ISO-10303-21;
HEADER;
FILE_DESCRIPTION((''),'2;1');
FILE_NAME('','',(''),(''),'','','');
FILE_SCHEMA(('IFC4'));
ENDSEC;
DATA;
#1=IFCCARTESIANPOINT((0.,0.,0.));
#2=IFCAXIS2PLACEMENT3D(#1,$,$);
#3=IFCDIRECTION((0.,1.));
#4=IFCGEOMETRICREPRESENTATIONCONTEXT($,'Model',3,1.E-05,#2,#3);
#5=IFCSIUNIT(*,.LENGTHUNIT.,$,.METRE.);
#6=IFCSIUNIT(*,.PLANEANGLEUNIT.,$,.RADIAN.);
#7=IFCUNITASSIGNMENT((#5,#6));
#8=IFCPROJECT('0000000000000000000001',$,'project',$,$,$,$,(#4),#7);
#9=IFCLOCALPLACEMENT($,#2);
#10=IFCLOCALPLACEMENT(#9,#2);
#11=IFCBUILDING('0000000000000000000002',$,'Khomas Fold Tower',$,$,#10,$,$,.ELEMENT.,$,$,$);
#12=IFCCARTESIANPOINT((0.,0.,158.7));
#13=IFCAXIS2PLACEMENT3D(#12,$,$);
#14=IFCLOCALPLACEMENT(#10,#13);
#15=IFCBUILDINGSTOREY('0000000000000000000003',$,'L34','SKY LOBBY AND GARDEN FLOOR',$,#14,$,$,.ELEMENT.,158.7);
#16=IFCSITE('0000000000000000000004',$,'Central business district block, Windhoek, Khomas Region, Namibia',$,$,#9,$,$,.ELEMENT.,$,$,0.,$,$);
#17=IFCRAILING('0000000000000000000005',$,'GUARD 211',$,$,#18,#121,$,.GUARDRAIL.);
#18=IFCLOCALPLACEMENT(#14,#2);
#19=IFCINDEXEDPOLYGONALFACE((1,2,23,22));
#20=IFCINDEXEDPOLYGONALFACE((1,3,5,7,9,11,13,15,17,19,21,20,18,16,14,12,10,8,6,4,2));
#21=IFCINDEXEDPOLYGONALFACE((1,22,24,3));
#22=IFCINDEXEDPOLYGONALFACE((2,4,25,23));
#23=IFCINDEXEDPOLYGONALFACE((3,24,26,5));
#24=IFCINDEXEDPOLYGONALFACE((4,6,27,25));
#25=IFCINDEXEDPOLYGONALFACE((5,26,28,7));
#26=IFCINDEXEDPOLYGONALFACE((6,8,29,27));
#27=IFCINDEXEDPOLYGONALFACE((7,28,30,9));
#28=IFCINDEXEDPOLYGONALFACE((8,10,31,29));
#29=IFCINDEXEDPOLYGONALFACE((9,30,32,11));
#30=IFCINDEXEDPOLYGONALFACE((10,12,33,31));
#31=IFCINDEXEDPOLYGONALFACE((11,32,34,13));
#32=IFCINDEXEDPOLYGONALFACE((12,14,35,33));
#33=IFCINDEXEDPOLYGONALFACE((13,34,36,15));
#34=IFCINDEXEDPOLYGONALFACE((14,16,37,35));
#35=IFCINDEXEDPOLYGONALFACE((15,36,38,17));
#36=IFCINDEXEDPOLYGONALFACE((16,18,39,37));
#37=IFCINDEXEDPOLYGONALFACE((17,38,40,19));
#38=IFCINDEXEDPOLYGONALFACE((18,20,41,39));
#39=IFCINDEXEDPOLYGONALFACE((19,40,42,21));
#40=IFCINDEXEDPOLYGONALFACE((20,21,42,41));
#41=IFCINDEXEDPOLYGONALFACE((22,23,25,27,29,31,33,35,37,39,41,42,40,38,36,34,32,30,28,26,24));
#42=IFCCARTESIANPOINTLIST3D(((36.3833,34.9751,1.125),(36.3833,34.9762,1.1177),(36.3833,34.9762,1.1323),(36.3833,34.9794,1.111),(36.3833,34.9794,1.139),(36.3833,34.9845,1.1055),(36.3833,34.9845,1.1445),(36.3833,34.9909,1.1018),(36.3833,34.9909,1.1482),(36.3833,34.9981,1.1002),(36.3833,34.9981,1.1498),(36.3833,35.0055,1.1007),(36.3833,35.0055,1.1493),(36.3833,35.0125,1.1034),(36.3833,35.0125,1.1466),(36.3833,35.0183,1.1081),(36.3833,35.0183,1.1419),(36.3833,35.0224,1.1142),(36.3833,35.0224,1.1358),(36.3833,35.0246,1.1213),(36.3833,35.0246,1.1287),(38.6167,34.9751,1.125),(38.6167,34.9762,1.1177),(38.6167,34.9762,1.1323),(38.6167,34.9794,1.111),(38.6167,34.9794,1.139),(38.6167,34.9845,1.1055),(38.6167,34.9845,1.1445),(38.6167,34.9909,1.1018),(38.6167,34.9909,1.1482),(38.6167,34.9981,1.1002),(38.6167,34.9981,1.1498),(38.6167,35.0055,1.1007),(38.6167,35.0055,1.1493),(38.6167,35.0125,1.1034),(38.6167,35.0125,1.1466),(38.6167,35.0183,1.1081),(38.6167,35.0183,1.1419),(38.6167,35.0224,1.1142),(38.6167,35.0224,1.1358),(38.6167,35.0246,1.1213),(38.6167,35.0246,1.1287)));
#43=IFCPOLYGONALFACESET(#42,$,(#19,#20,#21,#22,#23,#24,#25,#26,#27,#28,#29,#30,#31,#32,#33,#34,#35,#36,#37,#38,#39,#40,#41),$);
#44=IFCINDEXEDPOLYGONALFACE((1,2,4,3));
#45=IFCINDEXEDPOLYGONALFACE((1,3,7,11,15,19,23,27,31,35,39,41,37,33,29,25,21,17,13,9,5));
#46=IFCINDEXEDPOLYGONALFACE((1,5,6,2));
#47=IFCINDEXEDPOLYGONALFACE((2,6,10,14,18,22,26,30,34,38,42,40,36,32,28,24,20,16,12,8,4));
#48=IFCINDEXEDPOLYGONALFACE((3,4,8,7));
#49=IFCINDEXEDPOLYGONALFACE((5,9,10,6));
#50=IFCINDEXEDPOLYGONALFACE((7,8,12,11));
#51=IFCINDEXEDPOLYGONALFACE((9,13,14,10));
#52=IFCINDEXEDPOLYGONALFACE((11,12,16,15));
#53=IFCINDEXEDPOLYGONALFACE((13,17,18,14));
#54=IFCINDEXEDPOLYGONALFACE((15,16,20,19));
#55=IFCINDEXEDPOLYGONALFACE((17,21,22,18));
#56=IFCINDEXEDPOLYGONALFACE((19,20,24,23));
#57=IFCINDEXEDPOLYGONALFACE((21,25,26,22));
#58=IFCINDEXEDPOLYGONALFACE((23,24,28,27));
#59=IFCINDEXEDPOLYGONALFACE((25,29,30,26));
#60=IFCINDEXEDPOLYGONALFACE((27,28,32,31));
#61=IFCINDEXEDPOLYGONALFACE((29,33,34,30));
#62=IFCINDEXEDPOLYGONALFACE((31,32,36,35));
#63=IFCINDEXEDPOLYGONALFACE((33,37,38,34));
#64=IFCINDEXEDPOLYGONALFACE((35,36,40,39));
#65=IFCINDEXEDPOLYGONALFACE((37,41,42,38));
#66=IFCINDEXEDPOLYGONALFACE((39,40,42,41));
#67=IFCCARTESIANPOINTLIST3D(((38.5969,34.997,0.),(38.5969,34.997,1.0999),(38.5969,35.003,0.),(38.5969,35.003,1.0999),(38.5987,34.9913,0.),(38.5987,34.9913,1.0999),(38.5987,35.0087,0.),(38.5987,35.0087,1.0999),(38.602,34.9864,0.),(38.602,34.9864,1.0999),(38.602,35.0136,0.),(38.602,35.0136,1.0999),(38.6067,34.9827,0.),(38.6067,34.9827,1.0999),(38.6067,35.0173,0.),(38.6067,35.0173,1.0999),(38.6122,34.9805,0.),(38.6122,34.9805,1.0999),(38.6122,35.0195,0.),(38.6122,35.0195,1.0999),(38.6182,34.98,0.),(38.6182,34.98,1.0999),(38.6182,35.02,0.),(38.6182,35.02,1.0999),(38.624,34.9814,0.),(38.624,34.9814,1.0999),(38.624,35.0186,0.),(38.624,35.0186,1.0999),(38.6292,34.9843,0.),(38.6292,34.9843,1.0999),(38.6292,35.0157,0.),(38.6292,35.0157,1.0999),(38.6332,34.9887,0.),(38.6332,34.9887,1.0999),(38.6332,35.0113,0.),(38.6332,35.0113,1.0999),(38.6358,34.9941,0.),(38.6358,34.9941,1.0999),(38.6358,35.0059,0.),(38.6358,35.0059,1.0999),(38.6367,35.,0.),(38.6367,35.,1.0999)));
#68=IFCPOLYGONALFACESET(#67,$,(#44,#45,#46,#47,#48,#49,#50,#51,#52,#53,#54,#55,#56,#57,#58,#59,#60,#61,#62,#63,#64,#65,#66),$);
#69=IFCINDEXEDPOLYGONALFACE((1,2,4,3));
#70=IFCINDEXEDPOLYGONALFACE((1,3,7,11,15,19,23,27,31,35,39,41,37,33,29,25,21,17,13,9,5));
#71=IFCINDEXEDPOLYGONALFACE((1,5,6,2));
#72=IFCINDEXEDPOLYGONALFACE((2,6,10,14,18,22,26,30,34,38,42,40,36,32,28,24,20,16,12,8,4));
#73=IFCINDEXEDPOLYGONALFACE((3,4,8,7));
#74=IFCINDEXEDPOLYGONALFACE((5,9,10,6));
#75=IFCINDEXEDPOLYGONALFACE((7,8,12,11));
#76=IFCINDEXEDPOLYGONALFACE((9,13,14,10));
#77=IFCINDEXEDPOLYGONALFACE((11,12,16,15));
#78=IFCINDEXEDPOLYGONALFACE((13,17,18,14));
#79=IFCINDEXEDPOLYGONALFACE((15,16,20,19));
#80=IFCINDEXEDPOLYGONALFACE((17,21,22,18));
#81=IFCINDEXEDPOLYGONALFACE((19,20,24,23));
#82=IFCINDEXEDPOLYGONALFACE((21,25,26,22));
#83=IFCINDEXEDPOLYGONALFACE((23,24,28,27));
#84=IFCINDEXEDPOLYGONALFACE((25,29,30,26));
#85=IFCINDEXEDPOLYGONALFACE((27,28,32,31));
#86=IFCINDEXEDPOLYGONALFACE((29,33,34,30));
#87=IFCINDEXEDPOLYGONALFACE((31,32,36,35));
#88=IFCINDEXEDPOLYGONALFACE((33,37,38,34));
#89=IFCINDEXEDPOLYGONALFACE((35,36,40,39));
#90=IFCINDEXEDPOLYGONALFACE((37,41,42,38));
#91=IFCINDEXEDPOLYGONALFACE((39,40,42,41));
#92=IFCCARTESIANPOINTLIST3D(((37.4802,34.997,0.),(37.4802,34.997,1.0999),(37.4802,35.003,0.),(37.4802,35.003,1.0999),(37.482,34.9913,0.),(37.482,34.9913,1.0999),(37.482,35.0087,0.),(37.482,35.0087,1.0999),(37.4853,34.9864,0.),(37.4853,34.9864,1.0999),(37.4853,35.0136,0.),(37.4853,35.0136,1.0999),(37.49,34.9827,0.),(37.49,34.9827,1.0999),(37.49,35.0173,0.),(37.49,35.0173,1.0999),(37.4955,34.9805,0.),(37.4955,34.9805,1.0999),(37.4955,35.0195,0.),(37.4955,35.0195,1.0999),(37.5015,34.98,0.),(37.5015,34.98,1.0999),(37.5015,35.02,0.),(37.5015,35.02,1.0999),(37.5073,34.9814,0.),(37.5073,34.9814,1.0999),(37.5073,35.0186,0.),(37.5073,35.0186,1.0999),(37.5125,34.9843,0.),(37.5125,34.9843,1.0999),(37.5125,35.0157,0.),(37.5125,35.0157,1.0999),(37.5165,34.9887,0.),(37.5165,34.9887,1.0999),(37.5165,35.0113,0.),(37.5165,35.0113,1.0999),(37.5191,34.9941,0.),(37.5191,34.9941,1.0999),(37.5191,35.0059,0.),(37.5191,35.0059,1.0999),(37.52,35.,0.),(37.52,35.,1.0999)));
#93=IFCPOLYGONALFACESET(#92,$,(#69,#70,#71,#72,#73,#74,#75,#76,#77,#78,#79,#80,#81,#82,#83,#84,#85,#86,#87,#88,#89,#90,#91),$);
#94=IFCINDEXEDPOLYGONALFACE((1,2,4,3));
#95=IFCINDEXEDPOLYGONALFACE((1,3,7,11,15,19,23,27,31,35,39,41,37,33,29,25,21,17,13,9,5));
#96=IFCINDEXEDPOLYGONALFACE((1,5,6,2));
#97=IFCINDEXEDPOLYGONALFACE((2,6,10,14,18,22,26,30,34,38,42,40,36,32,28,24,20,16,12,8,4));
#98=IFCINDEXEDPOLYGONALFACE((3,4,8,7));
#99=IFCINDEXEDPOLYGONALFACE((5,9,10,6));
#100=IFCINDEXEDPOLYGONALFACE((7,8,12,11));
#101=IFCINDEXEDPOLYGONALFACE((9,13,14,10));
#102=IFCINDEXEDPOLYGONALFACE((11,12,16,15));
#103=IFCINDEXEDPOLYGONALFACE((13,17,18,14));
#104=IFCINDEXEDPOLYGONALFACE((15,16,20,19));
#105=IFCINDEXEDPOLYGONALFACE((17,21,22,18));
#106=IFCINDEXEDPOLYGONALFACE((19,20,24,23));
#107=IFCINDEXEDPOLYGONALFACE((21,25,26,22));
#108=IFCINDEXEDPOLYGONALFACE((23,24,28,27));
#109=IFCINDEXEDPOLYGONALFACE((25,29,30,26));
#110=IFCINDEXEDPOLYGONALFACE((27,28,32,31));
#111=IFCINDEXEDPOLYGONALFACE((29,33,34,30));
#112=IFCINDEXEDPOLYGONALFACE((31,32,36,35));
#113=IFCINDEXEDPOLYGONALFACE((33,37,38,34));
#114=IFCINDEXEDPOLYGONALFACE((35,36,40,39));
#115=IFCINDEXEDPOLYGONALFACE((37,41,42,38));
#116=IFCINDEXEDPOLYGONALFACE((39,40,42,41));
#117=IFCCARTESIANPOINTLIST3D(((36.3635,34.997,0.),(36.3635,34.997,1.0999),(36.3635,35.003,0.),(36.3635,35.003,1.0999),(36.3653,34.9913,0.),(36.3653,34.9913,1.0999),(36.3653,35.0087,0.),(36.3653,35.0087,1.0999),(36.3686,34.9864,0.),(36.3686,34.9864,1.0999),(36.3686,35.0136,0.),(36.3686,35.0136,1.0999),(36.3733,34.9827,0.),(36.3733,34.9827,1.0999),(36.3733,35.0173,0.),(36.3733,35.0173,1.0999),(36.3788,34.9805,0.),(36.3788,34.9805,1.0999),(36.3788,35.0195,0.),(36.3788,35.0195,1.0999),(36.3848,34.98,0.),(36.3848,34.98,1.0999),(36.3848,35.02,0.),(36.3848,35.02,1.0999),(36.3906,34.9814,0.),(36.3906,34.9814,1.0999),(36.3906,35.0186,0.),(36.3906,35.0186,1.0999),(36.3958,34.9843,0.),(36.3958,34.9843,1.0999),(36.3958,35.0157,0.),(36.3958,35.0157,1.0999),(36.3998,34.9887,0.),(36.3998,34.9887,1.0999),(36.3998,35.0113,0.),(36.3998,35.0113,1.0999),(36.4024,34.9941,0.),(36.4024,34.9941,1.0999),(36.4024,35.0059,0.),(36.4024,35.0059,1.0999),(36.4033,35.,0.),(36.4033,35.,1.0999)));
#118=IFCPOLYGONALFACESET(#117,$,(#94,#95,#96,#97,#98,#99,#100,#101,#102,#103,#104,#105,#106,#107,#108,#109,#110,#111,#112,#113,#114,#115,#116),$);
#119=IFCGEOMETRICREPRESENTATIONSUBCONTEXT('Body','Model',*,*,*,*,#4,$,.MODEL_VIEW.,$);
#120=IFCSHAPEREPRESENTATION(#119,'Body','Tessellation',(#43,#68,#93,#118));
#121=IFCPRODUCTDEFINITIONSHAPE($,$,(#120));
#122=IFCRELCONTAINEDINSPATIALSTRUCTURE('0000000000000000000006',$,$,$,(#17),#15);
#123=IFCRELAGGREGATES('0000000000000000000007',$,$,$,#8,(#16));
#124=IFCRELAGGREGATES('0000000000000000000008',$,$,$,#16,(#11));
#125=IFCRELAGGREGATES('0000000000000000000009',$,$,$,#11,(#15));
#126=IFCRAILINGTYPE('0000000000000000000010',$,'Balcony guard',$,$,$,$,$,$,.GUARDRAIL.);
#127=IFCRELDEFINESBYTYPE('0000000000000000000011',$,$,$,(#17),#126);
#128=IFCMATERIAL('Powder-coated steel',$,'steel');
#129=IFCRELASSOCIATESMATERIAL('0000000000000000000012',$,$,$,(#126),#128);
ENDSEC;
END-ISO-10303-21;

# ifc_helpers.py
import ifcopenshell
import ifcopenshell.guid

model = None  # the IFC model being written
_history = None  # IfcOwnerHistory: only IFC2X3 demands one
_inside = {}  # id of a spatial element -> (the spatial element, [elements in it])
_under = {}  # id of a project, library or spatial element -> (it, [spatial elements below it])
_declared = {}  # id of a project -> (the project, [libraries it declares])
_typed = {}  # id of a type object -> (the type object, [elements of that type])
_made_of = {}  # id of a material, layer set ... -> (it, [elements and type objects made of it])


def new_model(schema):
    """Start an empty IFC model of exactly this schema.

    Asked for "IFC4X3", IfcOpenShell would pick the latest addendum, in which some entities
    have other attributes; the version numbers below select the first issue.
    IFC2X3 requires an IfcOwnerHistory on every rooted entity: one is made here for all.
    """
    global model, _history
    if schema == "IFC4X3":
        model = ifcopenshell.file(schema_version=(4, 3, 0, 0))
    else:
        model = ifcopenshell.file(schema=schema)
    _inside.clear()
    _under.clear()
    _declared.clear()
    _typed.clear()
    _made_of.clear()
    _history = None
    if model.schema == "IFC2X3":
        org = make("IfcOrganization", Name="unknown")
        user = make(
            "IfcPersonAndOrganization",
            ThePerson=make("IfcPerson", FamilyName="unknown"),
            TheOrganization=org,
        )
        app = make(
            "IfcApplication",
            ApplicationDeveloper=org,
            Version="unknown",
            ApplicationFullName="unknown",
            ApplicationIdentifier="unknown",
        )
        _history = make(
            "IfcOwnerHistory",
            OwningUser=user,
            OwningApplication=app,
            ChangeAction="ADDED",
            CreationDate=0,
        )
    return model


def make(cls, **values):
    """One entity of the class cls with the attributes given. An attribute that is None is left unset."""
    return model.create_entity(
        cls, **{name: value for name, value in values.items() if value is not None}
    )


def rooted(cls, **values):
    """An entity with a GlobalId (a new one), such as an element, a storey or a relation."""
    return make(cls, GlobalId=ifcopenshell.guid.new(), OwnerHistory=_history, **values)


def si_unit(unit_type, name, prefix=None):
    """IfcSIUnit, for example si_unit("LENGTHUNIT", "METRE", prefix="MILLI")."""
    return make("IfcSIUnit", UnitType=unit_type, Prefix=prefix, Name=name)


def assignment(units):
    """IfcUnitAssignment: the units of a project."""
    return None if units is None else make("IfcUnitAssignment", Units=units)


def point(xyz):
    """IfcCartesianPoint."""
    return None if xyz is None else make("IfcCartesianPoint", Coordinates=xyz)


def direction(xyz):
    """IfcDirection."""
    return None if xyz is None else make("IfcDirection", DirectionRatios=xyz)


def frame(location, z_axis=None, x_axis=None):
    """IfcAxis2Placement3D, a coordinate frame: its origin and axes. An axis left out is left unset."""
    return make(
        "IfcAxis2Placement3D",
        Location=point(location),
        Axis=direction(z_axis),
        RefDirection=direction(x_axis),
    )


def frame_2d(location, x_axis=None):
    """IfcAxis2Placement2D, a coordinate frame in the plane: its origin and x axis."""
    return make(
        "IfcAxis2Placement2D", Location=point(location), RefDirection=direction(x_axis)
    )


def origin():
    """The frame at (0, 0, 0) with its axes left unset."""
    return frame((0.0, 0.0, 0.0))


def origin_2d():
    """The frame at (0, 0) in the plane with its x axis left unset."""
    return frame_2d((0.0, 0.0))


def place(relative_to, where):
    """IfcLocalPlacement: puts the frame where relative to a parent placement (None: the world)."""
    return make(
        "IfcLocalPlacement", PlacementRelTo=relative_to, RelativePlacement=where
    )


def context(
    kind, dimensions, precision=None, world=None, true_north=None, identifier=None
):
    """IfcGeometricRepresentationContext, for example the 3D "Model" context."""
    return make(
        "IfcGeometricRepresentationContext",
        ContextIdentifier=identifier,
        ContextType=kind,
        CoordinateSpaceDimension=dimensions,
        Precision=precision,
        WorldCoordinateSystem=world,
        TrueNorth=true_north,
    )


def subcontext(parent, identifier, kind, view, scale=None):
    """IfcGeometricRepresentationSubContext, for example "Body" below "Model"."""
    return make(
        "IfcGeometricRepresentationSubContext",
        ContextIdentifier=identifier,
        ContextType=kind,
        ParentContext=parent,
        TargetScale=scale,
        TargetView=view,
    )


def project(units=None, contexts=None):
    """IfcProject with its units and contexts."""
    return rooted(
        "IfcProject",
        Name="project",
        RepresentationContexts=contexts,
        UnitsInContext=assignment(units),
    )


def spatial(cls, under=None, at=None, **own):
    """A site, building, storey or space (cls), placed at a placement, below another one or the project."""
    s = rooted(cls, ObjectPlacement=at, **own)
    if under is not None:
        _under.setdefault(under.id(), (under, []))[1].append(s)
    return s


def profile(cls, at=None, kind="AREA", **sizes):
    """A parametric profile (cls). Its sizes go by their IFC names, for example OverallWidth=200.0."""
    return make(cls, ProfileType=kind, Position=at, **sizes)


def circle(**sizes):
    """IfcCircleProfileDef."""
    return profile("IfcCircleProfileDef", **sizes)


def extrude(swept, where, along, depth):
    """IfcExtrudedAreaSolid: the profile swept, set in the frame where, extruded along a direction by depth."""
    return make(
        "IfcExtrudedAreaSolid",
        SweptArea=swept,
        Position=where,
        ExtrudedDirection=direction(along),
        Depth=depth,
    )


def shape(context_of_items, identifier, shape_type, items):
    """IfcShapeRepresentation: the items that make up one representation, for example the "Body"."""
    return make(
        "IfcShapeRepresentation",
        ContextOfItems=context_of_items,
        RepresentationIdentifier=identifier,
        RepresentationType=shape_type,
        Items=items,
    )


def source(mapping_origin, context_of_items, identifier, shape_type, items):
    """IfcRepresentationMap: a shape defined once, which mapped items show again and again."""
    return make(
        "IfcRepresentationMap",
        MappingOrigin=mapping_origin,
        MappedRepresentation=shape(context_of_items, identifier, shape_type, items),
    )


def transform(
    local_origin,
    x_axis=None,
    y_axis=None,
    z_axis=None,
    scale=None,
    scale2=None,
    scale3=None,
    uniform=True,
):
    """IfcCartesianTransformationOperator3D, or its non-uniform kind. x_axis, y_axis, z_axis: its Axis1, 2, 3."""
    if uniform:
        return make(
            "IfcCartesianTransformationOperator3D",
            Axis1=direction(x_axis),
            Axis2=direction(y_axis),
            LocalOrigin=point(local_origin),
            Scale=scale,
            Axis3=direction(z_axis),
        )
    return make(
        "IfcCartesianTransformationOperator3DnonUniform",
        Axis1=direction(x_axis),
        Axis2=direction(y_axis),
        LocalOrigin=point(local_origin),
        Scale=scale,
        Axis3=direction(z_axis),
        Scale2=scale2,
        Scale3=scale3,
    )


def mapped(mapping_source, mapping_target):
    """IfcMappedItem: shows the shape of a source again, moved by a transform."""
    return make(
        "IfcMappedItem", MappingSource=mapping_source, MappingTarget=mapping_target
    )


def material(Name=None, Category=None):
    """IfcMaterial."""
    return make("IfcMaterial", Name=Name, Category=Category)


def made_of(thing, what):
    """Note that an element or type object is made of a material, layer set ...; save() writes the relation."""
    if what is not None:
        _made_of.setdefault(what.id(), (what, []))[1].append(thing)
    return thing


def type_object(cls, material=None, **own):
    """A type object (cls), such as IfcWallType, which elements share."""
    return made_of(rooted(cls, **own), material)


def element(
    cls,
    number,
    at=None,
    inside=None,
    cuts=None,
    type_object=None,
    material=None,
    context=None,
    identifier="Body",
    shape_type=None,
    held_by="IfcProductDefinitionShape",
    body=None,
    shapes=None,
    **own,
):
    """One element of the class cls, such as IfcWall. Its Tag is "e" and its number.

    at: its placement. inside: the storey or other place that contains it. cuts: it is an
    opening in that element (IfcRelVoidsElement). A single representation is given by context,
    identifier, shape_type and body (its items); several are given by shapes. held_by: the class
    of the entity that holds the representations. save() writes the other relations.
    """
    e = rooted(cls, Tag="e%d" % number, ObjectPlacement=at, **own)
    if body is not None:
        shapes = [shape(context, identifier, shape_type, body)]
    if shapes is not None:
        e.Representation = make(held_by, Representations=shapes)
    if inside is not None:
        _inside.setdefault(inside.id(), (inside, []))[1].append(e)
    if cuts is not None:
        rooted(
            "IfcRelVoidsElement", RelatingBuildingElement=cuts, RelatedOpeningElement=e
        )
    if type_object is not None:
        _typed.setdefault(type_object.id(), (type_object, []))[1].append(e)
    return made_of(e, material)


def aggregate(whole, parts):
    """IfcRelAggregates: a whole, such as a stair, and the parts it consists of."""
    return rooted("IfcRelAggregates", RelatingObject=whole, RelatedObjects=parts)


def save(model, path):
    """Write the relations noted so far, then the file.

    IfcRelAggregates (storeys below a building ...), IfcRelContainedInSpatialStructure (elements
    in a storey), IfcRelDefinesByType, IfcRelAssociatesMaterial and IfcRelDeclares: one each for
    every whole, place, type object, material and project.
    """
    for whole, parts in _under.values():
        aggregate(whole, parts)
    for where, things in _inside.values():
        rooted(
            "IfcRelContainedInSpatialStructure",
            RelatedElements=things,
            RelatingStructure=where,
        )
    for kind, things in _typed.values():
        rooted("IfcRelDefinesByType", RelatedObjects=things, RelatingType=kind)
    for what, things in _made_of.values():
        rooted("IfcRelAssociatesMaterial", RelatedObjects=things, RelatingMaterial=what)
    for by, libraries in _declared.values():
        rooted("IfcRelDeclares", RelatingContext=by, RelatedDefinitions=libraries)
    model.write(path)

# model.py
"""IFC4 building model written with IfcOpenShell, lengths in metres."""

from ifc_helpers import new_model, si_unit, direction, frame, origin, origin_2d, place, context, subcontext, project, spatial, circle, extrude, source, transform, mapped, material, type_object, element, save


model = new_model("IFC4")

# Units and contexts
model_context = context("Model", 3, precision=1e-05, world=origin(), true_north=direction((0.0, 1.0)))
body_context = subcontext(model_context, "Body", "Model", "MODEL_VIEW")
ifc_project = project(units=[si_unit("LENGTHUNIT", "METRE"), si_unit("PLANEANGLEUNIT", "RADIAN")], contexts=[model_context])

# Site, building, storey
site_placement = place(None, origin())
site = spatial("IfcSite", under=ifc_project, at=site_placement, Name="Central business district block, Windhoek, Khomas Region, Namibia", CompositionType="ELEMENT", RefElevation=0.0)
building_placement = place(site_placement, origin())
building = spatial("IfcBuilding", under=site, at=building_placement, Name="Khomas Fold Tower", CompositionType="ELEMENT")
storey_placement = place(building_placement, frame((0.0, 0.0, 158.7)))
storey = spatial("IfcBuildingStorey", under=building, at=storey_placement, Name="L34", Description="SKY LOBBY AND GARDEN FLOOR", CompositionType="ELEMENT", Elevation=158.7)

# Railing
ifc_material_1 = material(Name="Powder-coated steel", Category="steel")
railing_type = type_object("IfcRailingType", Name="Balcony guard", PredefinedType="GUARDRAIL", material=ifc_material_1)
shared_shape_1 = source(origin(), body_context, "Body", "SweptSolid", [
    extrude(circle(Radius=0.0249, at=origin_2d()), frame((0.0, 0.0, 1.125), z_axis=(-1.0, 0.0, 0.0), x_axis=(0.0, -1.0, 0.0)), (0.0, 0.0, 1.0), 2.2334),
    extrude(circle(Radius=0.02, at=origin_2d()), origin(), (0.0, 0.0, 1.0), 1.0999),
    extrude(circle(Radius=0.02, at=origin_2d()), frame((-1.1167, 0.0, 0.0)), (0.0, 0.0, 1.0), 1.0999),
    extrude(circle(Radius=0.02, at=origin_2d()), frame((-2.2334, 0.0, 0.0)), (0.0, 0.0, 1.0), 1.0999),
])
railing_1_placement = place(storey_placement, frame((38.6167, 35.0, 0.0)))
element("IfcRailing", 1, at=railing_1_placement, inside=storey, type_object=railing_type, Name="GUARD 211", PredefinedType="GUARDRAIL", context=body_context, shape_type="MappedRepresentation", body=[
    mapped(shared_shape_1, transform((0.0, 0.0, 0.0))),
])

save(model, "model.ifc")
